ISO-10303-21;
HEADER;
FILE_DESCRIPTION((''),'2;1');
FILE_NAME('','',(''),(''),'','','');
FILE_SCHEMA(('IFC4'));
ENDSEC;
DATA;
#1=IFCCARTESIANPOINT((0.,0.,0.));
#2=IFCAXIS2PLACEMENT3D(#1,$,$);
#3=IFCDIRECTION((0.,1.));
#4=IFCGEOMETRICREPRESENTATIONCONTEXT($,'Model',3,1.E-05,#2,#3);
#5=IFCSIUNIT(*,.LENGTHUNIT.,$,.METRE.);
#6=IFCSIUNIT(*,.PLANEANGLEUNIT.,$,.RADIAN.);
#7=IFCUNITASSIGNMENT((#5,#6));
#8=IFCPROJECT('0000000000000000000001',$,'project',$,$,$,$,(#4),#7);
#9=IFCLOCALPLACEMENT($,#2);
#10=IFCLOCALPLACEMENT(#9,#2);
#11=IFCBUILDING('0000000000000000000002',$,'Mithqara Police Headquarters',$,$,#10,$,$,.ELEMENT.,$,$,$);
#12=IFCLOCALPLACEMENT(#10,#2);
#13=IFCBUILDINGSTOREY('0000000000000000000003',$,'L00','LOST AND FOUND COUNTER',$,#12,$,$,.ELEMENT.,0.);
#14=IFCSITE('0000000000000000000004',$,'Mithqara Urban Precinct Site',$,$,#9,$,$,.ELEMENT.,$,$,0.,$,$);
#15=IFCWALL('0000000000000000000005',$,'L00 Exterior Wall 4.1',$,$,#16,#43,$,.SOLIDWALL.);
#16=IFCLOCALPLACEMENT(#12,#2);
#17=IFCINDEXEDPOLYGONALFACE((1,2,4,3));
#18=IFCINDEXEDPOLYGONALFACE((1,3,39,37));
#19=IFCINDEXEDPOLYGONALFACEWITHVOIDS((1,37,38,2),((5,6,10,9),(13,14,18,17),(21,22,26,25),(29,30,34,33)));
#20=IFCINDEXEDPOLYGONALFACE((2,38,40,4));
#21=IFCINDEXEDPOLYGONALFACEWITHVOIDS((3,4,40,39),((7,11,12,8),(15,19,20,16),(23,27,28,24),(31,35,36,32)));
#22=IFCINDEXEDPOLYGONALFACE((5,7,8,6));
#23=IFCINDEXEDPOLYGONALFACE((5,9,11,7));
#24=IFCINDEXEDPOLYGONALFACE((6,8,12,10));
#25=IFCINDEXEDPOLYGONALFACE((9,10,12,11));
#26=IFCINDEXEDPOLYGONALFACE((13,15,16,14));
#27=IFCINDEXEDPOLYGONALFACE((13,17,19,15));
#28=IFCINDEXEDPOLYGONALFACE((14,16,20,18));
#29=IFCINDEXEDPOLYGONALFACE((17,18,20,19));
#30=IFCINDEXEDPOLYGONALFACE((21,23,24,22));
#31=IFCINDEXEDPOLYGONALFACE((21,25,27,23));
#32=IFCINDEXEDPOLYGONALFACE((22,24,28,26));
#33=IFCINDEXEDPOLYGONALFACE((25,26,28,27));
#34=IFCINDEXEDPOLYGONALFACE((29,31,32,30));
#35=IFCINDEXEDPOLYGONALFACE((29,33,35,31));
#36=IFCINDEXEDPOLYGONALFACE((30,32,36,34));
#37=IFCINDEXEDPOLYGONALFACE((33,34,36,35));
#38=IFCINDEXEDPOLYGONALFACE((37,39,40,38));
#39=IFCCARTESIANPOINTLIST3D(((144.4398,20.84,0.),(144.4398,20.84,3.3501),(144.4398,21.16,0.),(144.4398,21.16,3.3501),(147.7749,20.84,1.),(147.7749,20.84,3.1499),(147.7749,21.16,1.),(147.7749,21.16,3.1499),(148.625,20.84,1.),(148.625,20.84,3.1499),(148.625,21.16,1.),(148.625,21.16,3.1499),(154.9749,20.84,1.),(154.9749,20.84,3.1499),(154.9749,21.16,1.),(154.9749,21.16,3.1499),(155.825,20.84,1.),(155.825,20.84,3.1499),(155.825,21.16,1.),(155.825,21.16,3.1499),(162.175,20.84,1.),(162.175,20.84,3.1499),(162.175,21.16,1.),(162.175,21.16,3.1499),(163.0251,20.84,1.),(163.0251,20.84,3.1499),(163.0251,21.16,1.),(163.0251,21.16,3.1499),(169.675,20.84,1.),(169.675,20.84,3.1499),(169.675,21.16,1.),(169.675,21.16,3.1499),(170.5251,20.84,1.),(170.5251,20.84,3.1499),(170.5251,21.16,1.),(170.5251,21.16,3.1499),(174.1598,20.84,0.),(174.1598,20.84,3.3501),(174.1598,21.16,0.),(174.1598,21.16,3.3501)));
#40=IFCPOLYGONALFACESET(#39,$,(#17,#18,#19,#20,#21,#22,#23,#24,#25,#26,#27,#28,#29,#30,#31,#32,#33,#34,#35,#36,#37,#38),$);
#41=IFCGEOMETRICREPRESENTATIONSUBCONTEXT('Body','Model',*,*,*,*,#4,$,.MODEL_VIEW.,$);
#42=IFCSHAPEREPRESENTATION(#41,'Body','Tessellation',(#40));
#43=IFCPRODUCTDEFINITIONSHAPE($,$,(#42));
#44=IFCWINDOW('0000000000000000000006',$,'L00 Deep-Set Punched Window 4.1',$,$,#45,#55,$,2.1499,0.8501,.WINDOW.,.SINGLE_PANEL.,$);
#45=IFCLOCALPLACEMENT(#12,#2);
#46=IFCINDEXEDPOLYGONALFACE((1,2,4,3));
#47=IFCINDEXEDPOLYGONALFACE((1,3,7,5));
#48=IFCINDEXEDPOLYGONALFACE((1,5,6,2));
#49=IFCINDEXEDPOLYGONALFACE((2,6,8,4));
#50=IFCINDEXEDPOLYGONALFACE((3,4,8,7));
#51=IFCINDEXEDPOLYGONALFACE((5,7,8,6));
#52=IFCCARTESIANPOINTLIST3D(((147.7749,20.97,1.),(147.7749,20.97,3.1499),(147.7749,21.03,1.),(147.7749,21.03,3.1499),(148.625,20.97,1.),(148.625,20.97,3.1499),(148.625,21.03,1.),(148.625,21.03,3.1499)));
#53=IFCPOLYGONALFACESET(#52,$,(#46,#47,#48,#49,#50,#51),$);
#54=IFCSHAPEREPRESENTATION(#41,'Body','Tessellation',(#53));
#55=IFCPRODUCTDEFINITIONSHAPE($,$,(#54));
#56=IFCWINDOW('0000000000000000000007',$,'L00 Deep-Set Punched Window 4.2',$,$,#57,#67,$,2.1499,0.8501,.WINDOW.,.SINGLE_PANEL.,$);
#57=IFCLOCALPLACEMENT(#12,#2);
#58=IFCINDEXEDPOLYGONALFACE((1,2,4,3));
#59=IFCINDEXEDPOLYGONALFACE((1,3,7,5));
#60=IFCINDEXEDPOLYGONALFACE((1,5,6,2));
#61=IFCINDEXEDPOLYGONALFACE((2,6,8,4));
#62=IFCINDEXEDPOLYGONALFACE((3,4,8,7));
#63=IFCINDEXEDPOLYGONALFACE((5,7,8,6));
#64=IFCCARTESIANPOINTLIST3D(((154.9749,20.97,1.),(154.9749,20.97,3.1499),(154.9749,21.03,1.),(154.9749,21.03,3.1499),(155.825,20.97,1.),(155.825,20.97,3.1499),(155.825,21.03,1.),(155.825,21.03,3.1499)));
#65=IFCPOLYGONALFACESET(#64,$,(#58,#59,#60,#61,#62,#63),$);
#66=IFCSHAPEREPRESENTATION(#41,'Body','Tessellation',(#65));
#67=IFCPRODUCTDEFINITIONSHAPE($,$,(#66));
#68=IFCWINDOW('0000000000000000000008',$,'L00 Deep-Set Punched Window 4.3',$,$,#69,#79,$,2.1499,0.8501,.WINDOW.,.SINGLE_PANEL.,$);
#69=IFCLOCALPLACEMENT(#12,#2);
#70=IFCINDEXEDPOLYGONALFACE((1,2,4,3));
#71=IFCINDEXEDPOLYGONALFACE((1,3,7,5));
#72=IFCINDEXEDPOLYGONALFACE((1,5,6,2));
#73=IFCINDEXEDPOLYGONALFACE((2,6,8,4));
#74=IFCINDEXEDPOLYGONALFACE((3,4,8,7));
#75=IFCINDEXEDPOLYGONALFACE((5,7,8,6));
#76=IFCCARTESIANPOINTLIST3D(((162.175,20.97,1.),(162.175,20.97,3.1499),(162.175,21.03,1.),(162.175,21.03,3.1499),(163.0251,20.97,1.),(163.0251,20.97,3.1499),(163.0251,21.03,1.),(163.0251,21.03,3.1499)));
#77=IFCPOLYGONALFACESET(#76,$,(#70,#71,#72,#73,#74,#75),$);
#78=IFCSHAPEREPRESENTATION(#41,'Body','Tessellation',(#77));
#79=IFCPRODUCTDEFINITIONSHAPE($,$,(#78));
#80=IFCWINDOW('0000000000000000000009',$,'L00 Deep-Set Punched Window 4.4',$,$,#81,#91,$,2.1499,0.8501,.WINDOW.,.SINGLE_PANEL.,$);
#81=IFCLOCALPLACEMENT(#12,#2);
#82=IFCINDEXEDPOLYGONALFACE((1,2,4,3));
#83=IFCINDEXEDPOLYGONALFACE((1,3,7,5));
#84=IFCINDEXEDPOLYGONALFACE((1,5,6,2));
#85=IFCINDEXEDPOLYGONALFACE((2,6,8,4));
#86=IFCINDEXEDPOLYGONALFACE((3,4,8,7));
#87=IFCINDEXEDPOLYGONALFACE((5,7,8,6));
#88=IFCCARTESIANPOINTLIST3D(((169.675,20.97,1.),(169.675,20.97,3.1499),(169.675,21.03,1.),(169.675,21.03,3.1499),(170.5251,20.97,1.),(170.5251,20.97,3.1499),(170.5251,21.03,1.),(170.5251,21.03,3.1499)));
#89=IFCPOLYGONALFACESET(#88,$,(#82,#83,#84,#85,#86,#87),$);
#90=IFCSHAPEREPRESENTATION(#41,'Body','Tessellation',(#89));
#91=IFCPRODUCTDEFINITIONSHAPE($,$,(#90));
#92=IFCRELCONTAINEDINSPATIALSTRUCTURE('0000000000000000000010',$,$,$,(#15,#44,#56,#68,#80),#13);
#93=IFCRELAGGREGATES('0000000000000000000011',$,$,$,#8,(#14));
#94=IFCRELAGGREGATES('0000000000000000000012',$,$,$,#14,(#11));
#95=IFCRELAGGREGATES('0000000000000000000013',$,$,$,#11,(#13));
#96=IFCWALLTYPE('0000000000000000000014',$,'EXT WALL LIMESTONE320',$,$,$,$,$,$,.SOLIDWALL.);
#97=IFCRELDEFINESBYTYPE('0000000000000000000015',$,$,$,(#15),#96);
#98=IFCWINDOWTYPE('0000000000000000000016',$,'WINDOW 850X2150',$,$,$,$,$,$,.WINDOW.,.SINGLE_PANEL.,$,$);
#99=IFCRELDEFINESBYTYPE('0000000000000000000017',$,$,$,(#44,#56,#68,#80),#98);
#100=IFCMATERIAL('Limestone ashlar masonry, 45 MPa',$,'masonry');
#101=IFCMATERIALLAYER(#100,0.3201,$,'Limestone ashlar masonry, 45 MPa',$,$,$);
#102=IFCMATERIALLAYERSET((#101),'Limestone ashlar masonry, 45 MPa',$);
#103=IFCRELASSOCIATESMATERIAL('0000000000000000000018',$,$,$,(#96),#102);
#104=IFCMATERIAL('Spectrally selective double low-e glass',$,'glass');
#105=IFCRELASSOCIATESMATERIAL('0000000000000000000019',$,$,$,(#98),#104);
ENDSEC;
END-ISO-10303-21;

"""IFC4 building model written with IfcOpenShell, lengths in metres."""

from ifc_helpers import new_model, si_unit, direction, frame, frame_2d, origin, place, context, subcontext, project, spatial, rectangle, extrude, material, layer, layer_set, type_object, element, fill, save


model = new_model("IFC4")

# Units and contexts
model_context = context("Model", 3, precision=1e-05, world=origin(), true_north=direction((0.0, 1.0)))
body_context = subcontext(model_context, "Body", "Model", "MODEL_VIEW")
ifc_project = project(units=[si_unit("LENGTHUNIT", "METRE"), si_unit("PLANEANGLEUNIT", "RADIAN")], contexts=[model_context])

# Site, building, storey
site_placement = place(None, origin())
site = spatial("IfcSite", under=ifc_project, at=site_placement, Name="Mithqara Urban Precinct Site", CompositionType="ELEMENT", RefElevation=0.0)
building_placement = place(site_placement, origin())
building = spatial("IfcBuilding", under=site, at=building_placement, Name="Mithqara Police Headquarters", CompositionType="ELEMENT")
storey_placement = place(building_placement, origin())
storey = spatial("IfcBuildingStorey", under=building, at=storey_placement, Name="L00", Description="LOST AND FOUND COUNTER", CompositionType="ELEMENT", Elevation=0.0)

# Shared definitions
ifc_material_1 = material(Name="Spectrally selective double low-e glass", Category="glass")

# Wall, openings, windows
ifc_material_2 = material(Name="Limestone ashlar masonry, 45 MPa", Category="masonry")
ifc_layer_1 = layer(ifc_material_2, 0.3201, Name="Limestone ashlar masonry, 45 MPa")
ifc_layer_set_1 = layer_set([ifc_layer_1], Name="Limestone ashlar masonry, 45 MPa")
wall_type = type_object("IfcWallType", Name="EXT WALL LIMESTONE320", PredefinedType="SOLIDWALL", material=ifc_layer_set_1)
wall_placement = place(storey_placement, frame((144.4399, 21.0, 0.0), z_axis=(0.0, 0.0, 1.0), x_axis=(1.0, 0.0, 0.0)))
wall = element("IfcWall", 1, at=wall_placement, inside=storey, type_object=wall_type, Name="L00 Exterior Wall 4.1", PredefinedType="SOLIDWALL", context=body_context, shape_type="SweptSolid", body=[
    extrude(rectangle(XDim=29.72, YDim=0.3201, at=frame_2d((14.8599, 0.0))), origin(), (0.0, 0.0, 1.0), 3.3501),
])
opening_1_placement = place(wall_placement, frame((3.335, 0.0, 1.0)))
opening_1 = element("IfcOpeningElement", 2, at=opening_1_placement, cuts=wall, PredefinedType="OPENING", context=body_context, shape_type="SweptSolid", body=[
    extrude(rectangle(XDim=0.8501, YDim=2.1499, at=frame_2d((0.425, 1.075))), frame((0.0, 0.1699, 0.0), z_axis=(0.0, -1.0, 0.0), x_axis=(1.0, 0.0, 0.0)), (0.0, 0.0, 1.0), 0.3401),
])
opening_2_placement = place(wall_placement, frame((10.5349, 0.0, 1.0)))
opening_2 = element("IfcOpeningElement", 3, at=opening_2_placement, cuts=wall, PredefinedType="OPENING", context=body_context, shape_type="SweptSolid", body=[
    extrude(rectangle(XDim=0.8501, YDim=2.1499, at=frame_2d((0.425, 1.075))), frame((0.0, 0.1699, 0.0), z_axis=(0.0, -1.0, 0.0), x_axis=(1.0, 0.0, 0.0)), (0.0, 0.0, 1.0), 0.3401),
])
opening_3_placement = place(wall_placement, frame((17.7351, 0.0, 1.0)))
opening_3 = element("IfcOpeningElement", 4, at=opening_3_placement, cuts=wall, PredefinedType="OPENING", context=body_context, shape_type="SweptSolid", body=[
    extrude(rectangle(XDim=0.8501, YDim=2.1499, at=frame_2d((0.425, 1.075))), frame((0.0, 0.1699, 0.0), z_axis=(0.0, -1.0, 0.0), x_axis=(1.0, 0.0, 0.0)), (0.0, 0.0, 1.0), 0.3401),
])
opening_4_placement = place(wall_placement, frame((25.2351, 0.0, 1.0)))
opening_4 = element("IfcOpeningElement", 5, at=opening_4_placement, cuts=wall, PredefinedType="OPENING", context=body_context, shape_type="SweptSolid", body=[
    extrude(rectangle(XDim=0.8501, YDim=2.1499, at=frame_2d((0.425, 1.075))), frame((0.0, 0.1699, 0.0), z_axis=(0.0, -1.0, 0.0), x_axis=(1.0, 0.0, 0.0)), (0.0, 0.0, 1.0), 0.3401),
])
window_type = type_object("IfcWindowType", Name="WINDOW 850X2150", PartitioningType="SINGLE_PANEL", PredefinedType="WINDOW", material=ifc_material_1)
window_1_placement = place(opening_1_placement, origin())
window_1 = element("IfcWindow", 6, at=window_1_placement, inside=storey, type_object=window_type, Name="L00 Deep-Set Punched Window 4.1", OverallHeight=2.1499, OverallWidth=0.8501, PartitioningType="SINGLE_PANEL", PredefinedType="WINDOW", context=body_context, shape_type="SweptSolid", body=[
    extrude(rectangle(XDim=0.8501, YDim=2.1499, at=frame_2d((0.425, 1.075))), frame((0.0, 0.03, 0.0), z_axis=(0.0, -1.0, 0.0), x_axis=(1.0, 0.0, 0.0)), (0.0, 0.0, 1.0), 0.0601),
])
fill(opening_1, window_1)
window_2_placement = place(opening_2_placement, origin())
window_2 = element("IfcWindow", 7, at=window_2_placement, inside=storey, type_object=window_type, Name="L00 Deep-Set Punched Window 4.2", OverallHeight=2.1499, OverallWidth=0.8501, PartitioningType="SINGLE_PANEL", PredefinedType="WINDOW", context=body_context, shape_type="SweptSolid", body=[
    extrude(rectangle(XDim=0.8501, YDim=2.1499, at=frame_2d((0.425, 1.075))), frame((0.0, 0.03, 0.0), z_axis=(0.0, -1.0, 0.0), x_axis=(1.0, 0.0, 0.0)), (0.0, 0.0, 1.0), 0.0601),
])
fill(opening_2, window_2)
window_3_placement = place(opening_3_placement, origin())
window_3 = element("IfcWindow", 8, at=window_3_placement, inside=storey, type_object=window_type, Name="L00 Deep-Set Punched Window 4.3", OverallHeight=2.1499, OverallWidth=0.8501, PartitioningType="SINGLE_PANEL", PredefinedType="WINDOW", context=body_context, shape_type="SweptSolid", body=[
    extrude(rectangle(XDim=0.8501, YDim=2.1499, at=frame_2d((0.425, 1.075))), frame((0.0, 0.03, 0.0), z_axis=(0.0, -1.0, 0.0), x_axis=(1.0, 0.0, 0.0)), (0.0, 0.0, 1.0), 0.0601),
])
fill(opening_3, window_3)
window_4_placement = place(opening_4_placement, origin())
window_4 = element("IfcWindow", 9, at=window_4_placement, inside=storey, type_object=window_type, Name="L00 Deep-Set Punched Window 4.4", OverallHeight=2.1499, OverallWidth=0.8501, PartitioningType="SINGLE_PANEL", PredefinedType="WINDOW", context=body_context, shape_type="SweptSolid", body=[
    extrude(rectangle(XDim=0.8501, YDim=2.1499, at=frame_2d((0.425, 1.075))), frame((0.0, 0.03, 0.0), z_axis=(0.0, -1.0, 0.0), x_axis=(1.0, 0.0, 0.0)), (0.0, 0.0, 1.0), 0.0601),
])
fill(opening_4, window_4)

save(model, "model.ifc")
